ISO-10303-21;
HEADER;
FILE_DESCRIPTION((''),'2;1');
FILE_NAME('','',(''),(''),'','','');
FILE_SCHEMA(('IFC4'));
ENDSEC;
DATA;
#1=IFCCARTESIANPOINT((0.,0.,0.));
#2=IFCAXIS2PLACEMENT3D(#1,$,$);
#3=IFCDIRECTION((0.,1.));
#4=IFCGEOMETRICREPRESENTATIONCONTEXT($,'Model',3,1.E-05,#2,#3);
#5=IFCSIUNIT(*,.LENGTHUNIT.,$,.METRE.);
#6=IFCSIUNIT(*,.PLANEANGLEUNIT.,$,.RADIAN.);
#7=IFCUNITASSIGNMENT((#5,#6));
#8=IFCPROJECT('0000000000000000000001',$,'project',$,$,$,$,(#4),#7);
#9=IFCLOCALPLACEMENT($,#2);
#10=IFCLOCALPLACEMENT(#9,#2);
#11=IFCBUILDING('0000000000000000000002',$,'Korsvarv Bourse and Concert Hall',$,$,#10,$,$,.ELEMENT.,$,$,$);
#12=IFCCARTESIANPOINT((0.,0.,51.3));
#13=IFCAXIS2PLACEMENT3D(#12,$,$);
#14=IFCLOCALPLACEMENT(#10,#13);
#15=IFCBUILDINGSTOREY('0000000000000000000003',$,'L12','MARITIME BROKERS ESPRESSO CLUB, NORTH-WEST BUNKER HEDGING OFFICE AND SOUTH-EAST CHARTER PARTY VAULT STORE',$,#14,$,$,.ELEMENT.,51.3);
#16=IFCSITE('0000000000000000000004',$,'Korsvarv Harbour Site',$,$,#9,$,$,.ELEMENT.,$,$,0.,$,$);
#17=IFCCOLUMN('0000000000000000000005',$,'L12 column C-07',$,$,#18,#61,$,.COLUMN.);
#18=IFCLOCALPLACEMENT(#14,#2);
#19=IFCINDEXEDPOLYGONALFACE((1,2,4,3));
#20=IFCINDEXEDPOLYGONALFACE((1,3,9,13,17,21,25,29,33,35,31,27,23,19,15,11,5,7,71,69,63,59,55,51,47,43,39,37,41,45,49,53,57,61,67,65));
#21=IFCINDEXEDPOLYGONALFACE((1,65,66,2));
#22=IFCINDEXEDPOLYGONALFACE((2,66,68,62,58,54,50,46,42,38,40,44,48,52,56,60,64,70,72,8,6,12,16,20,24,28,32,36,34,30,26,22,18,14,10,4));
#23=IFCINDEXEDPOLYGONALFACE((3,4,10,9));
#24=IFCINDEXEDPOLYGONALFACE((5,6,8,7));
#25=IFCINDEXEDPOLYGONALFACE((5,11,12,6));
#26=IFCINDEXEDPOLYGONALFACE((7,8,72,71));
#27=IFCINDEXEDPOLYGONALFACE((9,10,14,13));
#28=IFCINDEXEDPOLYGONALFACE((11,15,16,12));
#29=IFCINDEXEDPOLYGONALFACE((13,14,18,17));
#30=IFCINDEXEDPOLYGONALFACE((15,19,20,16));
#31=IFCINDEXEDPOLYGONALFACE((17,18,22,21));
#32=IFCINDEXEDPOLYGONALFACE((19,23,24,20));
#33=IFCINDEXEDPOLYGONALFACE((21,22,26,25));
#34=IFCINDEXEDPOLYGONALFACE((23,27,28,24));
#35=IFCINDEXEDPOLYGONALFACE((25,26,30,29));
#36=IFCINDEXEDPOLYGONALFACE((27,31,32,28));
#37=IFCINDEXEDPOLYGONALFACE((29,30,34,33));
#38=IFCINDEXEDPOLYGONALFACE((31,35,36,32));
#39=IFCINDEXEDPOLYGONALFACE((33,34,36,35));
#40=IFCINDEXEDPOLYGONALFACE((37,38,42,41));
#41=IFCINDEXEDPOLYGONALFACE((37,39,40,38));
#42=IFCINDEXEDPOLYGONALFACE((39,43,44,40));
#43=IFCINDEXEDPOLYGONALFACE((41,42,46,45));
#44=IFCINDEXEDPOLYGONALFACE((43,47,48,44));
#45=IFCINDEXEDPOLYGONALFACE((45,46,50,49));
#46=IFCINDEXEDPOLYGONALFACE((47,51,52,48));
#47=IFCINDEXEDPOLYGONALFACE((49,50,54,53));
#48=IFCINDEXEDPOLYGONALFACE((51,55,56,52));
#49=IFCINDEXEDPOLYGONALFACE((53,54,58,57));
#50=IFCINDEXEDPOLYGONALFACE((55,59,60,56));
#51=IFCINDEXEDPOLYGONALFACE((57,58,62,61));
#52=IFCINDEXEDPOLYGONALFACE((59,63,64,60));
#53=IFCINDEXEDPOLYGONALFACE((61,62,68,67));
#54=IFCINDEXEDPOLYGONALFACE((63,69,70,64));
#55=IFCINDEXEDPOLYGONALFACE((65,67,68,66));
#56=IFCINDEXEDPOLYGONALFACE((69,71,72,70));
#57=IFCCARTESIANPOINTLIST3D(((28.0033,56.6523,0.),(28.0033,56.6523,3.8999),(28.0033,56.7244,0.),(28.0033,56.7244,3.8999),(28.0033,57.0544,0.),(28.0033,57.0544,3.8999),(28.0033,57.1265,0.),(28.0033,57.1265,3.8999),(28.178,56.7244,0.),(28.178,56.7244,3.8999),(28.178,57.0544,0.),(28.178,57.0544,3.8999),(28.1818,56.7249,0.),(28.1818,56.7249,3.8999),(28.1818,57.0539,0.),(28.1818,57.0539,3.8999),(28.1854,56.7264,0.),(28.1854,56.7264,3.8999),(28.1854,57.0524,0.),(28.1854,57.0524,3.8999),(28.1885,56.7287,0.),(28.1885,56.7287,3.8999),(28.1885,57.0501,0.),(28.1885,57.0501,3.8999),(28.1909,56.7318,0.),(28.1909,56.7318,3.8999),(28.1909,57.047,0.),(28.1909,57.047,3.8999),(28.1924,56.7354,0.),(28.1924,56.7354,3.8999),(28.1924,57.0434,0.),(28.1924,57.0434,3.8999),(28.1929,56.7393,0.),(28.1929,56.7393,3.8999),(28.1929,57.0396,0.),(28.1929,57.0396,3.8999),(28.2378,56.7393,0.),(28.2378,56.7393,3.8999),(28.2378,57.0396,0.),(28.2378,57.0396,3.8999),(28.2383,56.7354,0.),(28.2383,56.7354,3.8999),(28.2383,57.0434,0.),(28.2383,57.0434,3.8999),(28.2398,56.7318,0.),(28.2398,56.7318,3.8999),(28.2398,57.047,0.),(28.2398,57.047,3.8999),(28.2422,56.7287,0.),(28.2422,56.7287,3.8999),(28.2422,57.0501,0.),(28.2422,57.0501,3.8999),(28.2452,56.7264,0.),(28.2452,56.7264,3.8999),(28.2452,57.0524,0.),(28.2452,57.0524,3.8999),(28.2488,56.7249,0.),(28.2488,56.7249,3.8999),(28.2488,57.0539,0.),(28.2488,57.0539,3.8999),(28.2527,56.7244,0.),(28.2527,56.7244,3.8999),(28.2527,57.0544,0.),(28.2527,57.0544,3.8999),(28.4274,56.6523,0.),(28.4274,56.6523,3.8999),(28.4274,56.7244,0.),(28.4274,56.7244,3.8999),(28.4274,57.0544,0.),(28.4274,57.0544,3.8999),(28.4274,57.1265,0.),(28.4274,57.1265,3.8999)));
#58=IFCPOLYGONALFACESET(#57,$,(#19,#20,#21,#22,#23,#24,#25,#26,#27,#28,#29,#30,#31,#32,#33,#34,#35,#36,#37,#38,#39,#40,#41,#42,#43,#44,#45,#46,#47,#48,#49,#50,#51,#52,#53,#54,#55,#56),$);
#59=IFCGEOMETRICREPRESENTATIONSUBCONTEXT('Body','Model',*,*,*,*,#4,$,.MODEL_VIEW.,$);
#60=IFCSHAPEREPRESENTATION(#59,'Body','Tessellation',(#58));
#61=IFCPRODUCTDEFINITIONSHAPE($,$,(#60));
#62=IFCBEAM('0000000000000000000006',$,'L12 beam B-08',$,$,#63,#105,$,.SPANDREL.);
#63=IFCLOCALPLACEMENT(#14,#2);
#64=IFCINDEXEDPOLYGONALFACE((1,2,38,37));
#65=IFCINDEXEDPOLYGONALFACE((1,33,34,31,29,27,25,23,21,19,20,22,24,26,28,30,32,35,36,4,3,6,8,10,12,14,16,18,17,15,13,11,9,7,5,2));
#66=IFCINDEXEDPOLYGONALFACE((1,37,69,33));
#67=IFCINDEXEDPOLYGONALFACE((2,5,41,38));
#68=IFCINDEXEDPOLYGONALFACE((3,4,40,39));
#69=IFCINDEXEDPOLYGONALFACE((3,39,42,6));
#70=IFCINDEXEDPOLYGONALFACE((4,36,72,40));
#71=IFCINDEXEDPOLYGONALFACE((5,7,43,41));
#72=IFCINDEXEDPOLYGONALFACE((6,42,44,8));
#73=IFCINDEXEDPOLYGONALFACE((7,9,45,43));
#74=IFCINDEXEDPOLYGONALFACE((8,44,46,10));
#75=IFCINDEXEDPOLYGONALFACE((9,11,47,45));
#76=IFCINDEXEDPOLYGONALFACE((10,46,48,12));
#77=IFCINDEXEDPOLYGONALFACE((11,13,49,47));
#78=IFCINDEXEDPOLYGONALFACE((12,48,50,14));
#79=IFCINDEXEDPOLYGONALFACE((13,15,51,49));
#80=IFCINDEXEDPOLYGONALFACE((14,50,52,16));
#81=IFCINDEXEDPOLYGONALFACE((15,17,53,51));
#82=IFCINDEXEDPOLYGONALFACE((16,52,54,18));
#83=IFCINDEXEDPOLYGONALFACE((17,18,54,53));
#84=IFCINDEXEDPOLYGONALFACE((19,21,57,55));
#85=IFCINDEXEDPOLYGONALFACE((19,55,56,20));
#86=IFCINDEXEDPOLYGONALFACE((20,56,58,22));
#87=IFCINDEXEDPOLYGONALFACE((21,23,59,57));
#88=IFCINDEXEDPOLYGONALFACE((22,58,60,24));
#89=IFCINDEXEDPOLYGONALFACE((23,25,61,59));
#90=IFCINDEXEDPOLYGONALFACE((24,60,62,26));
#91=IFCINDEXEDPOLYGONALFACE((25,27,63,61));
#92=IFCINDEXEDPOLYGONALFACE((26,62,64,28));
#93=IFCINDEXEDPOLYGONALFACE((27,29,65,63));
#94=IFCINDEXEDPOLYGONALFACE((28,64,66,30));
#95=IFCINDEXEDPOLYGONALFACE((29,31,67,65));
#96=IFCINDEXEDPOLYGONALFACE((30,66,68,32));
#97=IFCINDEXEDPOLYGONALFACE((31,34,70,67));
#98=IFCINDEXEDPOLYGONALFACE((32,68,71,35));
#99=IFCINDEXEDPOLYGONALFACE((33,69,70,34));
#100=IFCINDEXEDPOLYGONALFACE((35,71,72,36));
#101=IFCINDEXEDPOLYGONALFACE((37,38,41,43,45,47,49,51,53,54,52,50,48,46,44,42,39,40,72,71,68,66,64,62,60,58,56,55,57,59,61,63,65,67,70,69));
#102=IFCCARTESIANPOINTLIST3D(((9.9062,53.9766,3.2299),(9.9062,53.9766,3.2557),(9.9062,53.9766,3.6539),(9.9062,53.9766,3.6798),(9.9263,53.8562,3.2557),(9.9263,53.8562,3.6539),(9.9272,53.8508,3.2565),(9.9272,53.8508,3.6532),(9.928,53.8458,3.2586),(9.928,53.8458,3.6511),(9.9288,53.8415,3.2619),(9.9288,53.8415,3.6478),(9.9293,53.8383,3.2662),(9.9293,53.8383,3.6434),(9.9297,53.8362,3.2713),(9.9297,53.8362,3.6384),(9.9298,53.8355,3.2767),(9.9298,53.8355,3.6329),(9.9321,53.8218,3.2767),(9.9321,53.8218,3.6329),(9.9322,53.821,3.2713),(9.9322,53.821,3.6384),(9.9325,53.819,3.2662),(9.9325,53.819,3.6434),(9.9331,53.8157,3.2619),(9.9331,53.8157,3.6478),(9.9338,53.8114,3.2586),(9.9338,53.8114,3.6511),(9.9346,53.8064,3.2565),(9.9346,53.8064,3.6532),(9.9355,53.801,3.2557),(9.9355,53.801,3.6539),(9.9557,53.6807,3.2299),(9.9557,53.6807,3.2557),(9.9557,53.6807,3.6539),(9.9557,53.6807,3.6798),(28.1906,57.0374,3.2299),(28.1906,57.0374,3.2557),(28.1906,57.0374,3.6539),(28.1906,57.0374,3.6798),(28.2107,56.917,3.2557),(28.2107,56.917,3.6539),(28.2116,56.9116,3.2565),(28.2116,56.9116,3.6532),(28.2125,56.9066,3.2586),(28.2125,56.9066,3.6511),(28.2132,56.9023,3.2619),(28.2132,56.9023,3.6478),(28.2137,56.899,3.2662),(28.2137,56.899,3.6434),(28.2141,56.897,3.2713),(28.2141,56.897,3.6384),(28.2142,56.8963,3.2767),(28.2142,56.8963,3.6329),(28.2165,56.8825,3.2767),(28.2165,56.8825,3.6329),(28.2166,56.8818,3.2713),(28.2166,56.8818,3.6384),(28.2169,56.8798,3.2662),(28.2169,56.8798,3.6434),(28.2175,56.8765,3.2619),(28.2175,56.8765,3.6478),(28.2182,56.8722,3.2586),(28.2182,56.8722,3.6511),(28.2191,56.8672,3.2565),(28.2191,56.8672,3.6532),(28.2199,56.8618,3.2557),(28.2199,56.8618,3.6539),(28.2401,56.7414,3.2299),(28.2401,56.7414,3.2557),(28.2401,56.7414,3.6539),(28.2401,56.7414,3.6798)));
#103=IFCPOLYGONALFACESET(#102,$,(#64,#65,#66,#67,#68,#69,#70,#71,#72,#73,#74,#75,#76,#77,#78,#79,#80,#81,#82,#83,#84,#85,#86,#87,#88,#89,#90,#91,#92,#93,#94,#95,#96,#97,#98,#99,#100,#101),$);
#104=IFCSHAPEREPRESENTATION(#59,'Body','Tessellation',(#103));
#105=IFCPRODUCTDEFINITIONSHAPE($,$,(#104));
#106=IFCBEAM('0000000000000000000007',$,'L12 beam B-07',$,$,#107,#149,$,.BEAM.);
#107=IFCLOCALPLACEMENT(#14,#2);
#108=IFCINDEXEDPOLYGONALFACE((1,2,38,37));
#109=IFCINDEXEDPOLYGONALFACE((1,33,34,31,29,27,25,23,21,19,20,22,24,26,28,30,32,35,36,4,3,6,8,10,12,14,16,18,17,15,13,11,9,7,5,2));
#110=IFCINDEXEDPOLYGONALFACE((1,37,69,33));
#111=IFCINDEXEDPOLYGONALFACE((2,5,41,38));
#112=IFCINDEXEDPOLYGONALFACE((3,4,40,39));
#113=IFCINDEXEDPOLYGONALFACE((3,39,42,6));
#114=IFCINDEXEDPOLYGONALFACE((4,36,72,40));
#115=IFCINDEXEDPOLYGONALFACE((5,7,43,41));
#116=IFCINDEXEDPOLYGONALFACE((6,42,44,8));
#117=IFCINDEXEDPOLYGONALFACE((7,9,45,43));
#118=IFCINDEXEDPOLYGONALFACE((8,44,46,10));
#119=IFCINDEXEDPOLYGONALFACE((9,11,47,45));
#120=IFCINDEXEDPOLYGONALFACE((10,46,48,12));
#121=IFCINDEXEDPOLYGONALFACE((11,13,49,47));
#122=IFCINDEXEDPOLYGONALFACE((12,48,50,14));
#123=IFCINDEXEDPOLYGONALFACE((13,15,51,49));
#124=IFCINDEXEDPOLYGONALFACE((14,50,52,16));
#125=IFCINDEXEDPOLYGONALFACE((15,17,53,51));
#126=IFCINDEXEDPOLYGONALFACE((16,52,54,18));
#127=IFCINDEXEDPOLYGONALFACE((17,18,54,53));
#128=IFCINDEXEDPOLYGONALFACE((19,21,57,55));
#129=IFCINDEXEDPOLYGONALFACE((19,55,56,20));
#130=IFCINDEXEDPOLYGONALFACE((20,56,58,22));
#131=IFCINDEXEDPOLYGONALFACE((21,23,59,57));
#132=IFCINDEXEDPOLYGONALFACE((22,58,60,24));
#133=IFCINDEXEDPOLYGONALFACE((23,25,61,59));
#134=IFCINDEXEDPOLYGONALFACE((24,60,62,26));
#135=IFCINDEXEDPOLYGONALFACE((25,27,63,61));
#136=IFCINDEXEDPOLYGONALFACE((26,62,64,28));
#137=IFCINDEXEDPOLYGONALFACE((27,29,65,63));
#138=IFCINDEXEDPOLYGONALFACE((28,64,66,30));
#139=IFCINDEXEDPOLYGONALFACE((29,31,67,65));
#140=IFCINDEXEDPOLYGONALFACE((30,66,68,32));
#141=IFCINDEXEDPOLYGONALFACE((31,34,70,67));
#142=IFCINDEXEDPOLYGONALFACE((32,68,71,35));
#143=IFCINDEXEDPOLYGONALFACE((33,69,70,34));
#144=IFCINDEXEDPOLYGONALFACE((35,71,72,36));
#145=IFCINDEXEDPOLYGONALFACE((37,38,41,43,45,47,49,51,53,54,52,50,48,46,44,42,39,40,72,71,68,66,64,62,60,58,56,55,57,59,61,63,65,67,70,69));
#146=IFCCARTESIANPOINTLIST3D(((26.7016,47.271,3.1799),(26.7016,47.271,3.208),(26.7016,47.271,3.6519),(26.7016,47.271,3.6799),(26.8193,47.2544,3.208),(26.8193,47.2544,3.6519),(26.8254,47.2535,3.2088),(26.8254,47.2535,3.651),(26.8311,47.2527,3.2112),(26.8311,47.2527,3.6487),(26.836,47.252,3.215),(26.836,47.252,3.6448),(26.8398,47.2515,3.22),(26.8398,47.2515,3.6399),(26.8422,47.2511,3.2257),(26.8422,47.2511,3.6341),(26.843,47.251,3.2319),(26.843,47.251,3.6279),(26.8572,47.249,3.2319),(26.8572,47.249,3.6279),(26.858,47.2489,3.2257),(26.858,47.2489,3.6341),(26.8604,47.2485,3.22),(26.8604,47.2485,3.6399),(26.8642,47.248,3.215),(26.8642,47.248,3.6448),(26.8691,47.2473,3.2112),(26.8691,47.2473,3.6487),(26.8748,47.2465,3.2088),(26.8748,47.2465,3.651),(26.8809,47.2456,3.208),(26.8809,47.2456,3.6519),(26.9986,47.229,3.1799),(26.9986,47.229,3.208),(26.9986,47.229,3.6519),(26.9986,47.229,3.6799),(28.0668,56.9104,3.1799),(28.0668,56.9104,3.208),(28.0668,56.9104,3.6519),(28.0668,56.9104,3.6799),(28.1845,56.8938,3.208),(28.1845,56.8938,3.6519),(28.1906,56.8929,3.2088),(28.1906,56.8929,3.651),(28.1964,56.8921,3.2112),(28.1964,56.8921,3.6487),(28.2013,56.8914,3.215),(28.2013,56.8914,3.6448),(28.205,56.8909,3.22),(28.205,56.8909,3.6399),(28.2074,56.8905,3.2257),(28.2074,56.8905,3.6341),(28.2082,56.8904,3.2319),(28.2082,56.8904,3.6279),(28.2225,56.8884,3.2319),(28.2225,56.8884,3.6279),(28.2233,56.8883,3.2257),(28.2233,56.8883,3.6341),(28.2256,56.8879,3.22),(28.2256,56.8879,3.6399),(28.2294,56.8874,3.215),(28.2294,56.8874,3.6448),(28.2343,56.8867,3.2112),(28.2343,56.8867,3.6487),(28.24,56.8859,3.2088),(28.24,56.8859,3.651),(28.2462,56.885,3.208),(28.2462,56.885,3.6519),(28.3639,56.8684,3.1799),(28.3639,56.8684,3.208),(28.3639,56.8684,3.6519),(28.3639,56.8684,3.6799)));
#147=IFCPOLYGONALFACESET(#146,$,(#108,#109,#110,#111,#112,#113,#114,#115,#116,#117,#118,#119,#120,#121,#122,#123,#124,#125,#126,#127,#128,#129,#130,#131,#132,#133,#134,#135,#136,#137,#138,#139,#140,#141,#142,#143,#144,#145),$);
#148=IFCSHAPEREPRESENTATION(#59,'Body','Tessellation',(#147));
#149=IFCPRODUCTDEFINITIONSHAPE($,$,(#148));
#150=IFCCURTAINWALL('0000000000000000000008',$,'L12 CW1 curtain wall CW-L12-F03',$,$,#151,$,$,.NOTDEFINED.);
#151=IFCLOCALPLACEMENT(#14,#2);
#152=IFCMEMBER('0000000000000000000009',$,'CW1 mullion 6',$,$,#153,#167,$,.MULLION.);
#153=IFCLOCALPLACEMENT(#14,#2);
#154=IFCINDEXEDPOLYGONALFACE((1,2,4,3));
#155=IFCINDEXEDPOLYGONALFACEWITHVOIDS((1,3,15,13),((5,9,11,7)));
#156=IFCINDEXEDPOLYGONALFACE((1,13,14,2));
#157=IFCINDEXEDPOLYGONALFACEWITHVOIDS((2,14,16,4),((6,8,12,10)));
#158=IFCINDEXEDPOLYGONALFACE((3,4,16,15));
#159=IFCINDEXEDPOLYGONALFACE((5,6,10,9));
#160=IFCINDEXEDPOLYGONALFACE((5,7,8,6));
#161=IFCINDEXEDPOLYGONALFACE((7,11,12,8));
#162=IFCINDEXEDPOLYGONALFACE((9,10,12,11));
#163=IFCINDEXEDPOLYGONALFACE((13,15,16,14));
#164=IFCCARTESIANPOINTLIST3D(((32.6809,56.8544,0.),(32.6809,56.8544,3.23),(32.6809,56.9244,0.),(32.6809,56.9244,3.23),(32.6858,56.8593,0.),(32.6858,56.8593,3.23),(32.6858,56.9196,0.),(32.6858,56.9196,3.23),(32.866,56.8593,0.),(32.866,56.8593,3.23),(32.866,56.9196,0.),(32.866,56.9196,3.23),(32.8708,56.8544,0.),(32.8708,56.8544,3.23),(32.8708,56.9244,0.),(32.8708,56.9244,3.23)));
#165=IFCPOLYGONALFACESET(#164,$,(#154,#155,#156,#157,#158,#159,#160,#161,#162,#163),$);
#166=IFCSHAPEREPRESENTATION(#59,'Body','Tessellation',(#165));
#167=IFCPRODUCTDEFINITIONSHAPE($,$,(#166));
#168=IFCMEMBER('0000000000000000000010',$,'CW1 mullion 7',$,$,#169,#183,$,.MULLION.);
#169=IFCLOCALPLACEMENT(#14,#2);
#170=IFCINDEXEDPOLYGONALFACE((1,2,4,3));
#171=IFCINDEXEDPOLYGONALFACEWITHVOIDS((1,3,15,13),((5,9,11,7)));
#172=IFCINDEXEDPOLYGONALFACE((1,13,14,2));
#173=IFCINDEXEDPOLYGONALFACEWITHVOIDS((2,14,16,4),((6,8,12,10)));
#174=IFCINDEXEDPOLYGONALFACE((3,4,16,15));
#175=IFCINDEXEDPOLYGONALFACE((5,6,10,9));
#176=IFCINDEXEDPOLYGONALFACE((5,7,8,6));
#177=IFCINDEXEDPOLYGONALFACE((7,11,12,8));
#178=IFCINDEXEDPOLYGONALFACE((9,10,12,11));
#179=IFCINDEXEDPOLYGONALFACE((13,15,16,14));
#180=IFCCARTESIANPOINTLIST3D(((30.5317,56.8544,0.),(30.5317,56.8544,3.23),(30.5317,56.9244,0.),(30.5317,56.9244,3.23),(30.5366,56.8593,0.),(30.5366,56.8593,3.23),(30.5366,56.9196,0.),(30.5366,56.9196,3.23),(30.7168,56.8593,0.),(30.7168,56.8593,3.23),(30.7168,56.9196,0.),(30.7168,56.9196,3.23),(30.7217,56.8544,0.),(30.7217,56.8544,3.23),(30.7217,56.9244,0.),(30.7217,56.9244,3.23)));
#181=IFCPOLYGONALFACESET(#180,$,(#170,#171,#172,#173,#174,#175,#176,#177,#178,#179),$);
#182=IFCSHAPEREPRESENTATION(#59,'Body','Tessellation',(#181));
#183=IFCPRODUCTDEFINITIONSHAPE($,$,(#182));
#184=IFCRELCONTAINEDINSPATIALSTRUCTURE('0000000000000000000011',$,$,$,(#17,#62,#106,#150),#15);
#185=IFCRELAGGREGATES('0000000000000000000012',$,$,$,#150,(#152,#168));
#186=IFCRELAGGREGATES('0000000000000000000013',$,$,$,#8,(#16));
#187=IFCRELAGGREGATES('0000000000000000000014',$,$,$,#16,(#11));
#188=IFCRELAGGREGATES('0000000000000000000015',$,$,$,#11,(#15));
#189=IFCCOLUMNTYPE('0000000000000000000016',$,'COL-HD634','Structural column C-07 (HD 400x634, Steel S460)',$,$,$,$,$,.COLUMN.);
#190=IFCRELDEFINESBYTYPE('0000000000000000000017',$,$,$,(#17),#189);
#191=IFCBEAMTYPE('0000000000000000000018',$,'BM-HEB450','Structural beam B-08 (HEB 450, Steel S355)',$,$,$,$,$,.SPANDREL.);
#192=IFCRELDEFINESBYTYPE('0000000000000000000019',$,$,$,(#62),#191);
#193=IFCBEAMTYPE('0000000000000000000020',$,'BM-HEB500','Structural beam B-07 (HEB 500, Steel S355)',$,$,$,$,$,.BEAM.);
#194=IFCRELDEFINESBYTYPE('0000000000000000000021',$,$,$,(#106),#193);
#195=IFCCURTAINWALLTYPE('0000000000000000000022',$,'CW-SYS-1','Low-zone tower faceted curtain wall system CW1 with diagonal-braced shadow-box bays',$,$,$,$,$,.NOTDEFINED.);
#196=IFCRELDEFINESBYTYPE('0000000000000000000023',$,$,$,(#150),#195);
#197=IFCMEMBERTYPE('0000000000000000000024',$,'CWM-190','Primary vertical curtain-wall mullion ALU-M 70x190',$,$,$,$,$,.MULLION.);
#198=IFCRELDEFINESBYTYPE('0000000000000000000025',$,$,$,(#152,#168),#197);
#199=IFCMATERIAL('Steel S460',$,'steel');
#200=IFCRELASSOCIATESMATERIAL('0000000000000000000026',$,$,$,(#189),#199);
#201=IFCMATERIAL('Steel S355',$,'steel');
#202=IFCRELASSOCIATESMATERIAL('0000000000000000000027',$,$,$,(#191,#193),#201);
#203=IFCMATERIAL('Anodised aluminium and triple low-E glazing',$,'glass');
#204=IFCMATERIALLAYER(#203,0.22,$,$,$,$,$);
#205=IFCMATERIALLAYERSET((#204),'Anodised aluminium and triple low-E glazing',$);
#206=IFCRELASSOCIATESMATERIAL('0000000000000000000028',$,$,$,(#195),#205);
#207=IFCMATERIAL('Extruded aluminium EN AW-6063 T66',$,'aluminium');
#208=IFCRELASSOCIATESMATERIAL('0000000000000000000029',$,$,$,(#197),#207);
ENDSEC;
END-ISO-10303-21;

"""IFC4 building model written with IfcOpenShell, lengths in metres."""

from ifc_helpers import new_model, si_unit, direction, frame, origin, origin_2d, place, context, subcontext, project, spatial, hollow_rectangle, i_section, extrude, source, transform, mapped, material, layer, layer_set, material_profile, profile_set, type_object, element, aggregate, save


model = new_model("IFC4")

# Units and contexts
model_context = context("Model", 3, precision=1e-05, world=origin(), true_north=direction((0.0, 1.0)))
body_context = subcontext(model_context, "Body", "Model", "MODEL_VIEW")
ifc_project = project(units=[si_unit("LENGTHUNIT", "METRE"), si_unit("PLANEANGLEUNIT", "RADIAN")], contexts=[model_context])

# Site, building, storey
site_placement = place(None, origin())
site = spatial("IfcSite", under=ifc_project, at=site_placement, Name="Korsvarv Harbour Site", CompositionType="ELEMENT", RefElevation=0.0)
building_placement = place(site_placement, origin())
building = spatial("IfcBuilding", under=site, at=building_placement, Name="Korsvarv Bourse and Concert Hall", CompositionType="ELEMENT")
storey_placement = place(building_placement, frame((0.0, 0.0, 51.3)))
storey = spatial("IfcBuildingStorey", under=building, at=storey_placement, Name="L12", Description="MARITIME BROKERS ESPRESSO CLUB, NORTH-WEST BUNKER HEDGING OFFICE AND SOUTH-EAST CHARTER PARTY VAULT STORE", CompositionType="ELEMENT", Elevation=51.3)

# Column
ifc_material_1 = material(Name="Steel S460", Category="steel")
ifc_material_profile_1 = material_profile(ifc_material_1, i_section(OverallWidth=0.4241, OverallDepth=0.4741, WebThickness=0.0449, FlangeThickness=0.072, FilletRadius=0.0149, at=origin_2d()), Name="HD 400x634")
ifc_profile_set_1 = profile_set([ifc_material_profile_1], Name="Steel S460")
column_type = type_object("IfcColumnType", Name="COL-HD634", Description="Structural column C-07 (HD 400x634, Steel S460)", PredefinedType="COLUMN", material=ifc_profile_set_1)
shared_shape_1 = source(origin(), body_context, "Body", "SweptSolid", [
    extrude(i_section(OverallWidth=0.4241, OverallDepth=0.4741, WebThickness=0.0449, FlangeThickness=0.072, FilletRadius=0.0149, at=origin_2d()), origin(), (0.0, 0.0, 1.0), 3.8999),
])
column_placement = place(storey_placement, frame((28.2153, 56.8894, 0.0), z_axis=(0.0, 0.0, 1.0), x_axis=(1.0, 0.0, 0.0)))
element("IfcColumn", 1, at=column_placement, inside=storey, type_object=column_type, Name="L12 column C-07", PredefinedType="COLUMN", context=body_context, shape_type="MappedRepresentation", body=[
    mapped(shared_shape_1, transform((0.0, 0.0, 0.0), scale=1.0)),
])

# Beams
ifc_material_2 = material(Name="Steel S355", Category="steel")
ifc_material_profile_2 = material_profile(ifc_material_2, i_section(OverallWidth=0.3, OverallDepth=0.45, WebThickness=0.0139, FlangeThickness=0.0259, FilletRadius=0.021, at=origin_2d()), Name="HEB 450")
ifc_profile_set_2 = profile_set([ifc_material_profile_2], Name="Steel S355")
beam_type_1 = type_object("IfcBeamType", Name="BM-HEB450", Description="Structural beam B-08 (HEB 450, Steel S355)", PredefinedType="SPANDREL", material=ifc_profile_set_2)
shared_shape_2 = source(origin(), body_context, "Body", "SweptSolid", [
    extrude(i_section(OverallWidth=0.3, OverallDepth=0.45, WebThickness=0.0139, FlangeThickness=0.0259, FilletRadius=0.021, at=origin_2d()), origin(), (0.0, 0.0, 1.0), 18.5388),
])
beam_1_placement = place(storey_placement, frame((28.2153, 56.8894, 3.4548), z_axis=(-0.986277, -0.165102, 0.0), x_axis=(0.165102, -0.986277, 0.0)))
element("IfcBeam", 2, at=beam_1_placement, inside=storey, type_object=beam_type_1, Name="L12 beam B-08", PredefinedType="SPANDREL", context=body_context, shape_type="MappedRepresentation", body=[
    mapped(shared_shape_2, transform((0.0, 0.0, 0.0), scale=1.0)),
])
ifc_material_profile_3 = material_profile(ifc_material_2, i_section(OverallWidth=0.3, OverallDepth=0.5, WebThickness=0.0144, FlangeThickness=0.0281, FilletRadius=0.0239, at=origin_2d()), Name="HEB 500")
ifc_profile_set_3 = profile_set([ifc_material_profile_3], Name="Steel S355")
beam_type_2 = type_object("IfcBeamType", Name="BM-HEB500", Description="Structural beam B-07 (HEB 500, Steel S355)", PredefinedType="BEAM", material=ifc_profile_set_3)
shared_shape_3 = source(origin(), body_context, "Body", "SweptSolid", [
    extrude(i_section(OverallWidth=0.3, OverallDepth=0.5, WebThickness=0.0144, FlangeThickness=0.0281, FilletRadius=0.0239, at=origin_2d()), origin(), (0.0, 0.0, 1.0), 9.7356),
])
beam_2_placement = place(storey_placement, frame((28.2153, 56.8894, 3.4299), z_axis=(-0.140231, -0.990119, 0.0), x_axis=(0.990119, -0.140231, 0.0)))
element("IfcBeam", 3, at=beam_2_placement, inside=storey, type_object=beam_type_2, Name="L12 beam B-07", PredefinedType="BEAM", context=body_context, shape_type="MappedRepresentation", body=[
    mapped(shared_shape_3, transform((0.0, 0.0, 0.0), scale=1.0)),
])

# Curtain wall, members
ifc_material_3 = material(Name="Anodised aluminium and triple low-E glazing", Category="glass")
ifc_layer_1 = layer(ifc_material_3, 0.22)
ifc_layer_set_1 = layer_set([ifc_layer_1], Name="Anodised aluminium and triple low-E glazing")
curtain_wall_type = type_object("IfcCurtainWallType", Name="CW-SYS-1", Description="Low-zone tower faceted curtain wall system CW1 with diagonal-braced shadow-box bays", PredefinedType="NOTDEFINED", material=ifc_layer_set_1)
curtain_wall_placement = place(storey_placement, origin())
curtain_wall = element("IfcCurtainWall", 4, at=curtain_wall_placement, inside=storey, type_object=curtain_wall_type, Name="L12 CW1 curtain wall CW-L12-F03", PredefinedType="NOTDEFINED")
ifc_material_4 = material(Name="Extruded aluminium EN AW-6063 T66", Category="aluminium")
ifc_material_profile_4 = material_profile(ifc_material_4, hollow_rectangle(XDim=0.0701, YDim=0.1899, WallThickness=0.0049, at=origin_2d()), Name="ALU-M 70x190")
ifc_profile_set_4 = profile_set([ifc_material_profile_4], Name="Extruded aluminium EN AW-6063 T66")
member_type_1 = type_object("IfcMemberType", Name="CWM-190", Description="Primary vertical curtain-wall mullion ALU-M 70x190", PredefinedType="MULLION", material=ifc_profile_set_4)
shared_shape_4 = source(origin(), body_context, "Body", "SweptSolid", [
    extrude(hollow_rectangle(XDim=0.0701, YDim=0.1899, WallThickness=0.0049, at=origin_2d()), origin(), (0.0, 0.0, 1.0), 3.23),
])
member_1_placement = place(storey_placement, frame((32.7759, 56.8894, 0.0), z_axis=(0.0, 0.0, 1.0), x_axis=(0.0, -1.0, 0.0)))
member_1 = element("IfcMember", 5, at=member_1_placement, type_object=member_type_1, Name="CW1 mullion 6", PredefinedType="MULLION", context=body_context, shape_type="MappedRepresentation", body=[
    mapped(shared_shape_4, transform((0.0, 0.0, 0.0), scale=1.0)),
])
member_2_placement = place(storey_placement, frame((30.6267, 56.8894, 0.0), z_axis=(0.0, 0.0, 1.0), x_axis=(0.0, -1.0, 0.0)))
member_2 = element("IfcMember", 6, at=member_2_placement, type_object=member_type_1, Name="CW1 mullion 7", PredefinedType="MULLION", context=body_context, shape_type="MappedRepresentation", body=[
    mapped(shared_shape_4, transform((0.0, 0.0, 0.0), scale=1.0)),
])
aggregate(curtain_wall, [member_1, member_2])

save(model, "model.ifc")
